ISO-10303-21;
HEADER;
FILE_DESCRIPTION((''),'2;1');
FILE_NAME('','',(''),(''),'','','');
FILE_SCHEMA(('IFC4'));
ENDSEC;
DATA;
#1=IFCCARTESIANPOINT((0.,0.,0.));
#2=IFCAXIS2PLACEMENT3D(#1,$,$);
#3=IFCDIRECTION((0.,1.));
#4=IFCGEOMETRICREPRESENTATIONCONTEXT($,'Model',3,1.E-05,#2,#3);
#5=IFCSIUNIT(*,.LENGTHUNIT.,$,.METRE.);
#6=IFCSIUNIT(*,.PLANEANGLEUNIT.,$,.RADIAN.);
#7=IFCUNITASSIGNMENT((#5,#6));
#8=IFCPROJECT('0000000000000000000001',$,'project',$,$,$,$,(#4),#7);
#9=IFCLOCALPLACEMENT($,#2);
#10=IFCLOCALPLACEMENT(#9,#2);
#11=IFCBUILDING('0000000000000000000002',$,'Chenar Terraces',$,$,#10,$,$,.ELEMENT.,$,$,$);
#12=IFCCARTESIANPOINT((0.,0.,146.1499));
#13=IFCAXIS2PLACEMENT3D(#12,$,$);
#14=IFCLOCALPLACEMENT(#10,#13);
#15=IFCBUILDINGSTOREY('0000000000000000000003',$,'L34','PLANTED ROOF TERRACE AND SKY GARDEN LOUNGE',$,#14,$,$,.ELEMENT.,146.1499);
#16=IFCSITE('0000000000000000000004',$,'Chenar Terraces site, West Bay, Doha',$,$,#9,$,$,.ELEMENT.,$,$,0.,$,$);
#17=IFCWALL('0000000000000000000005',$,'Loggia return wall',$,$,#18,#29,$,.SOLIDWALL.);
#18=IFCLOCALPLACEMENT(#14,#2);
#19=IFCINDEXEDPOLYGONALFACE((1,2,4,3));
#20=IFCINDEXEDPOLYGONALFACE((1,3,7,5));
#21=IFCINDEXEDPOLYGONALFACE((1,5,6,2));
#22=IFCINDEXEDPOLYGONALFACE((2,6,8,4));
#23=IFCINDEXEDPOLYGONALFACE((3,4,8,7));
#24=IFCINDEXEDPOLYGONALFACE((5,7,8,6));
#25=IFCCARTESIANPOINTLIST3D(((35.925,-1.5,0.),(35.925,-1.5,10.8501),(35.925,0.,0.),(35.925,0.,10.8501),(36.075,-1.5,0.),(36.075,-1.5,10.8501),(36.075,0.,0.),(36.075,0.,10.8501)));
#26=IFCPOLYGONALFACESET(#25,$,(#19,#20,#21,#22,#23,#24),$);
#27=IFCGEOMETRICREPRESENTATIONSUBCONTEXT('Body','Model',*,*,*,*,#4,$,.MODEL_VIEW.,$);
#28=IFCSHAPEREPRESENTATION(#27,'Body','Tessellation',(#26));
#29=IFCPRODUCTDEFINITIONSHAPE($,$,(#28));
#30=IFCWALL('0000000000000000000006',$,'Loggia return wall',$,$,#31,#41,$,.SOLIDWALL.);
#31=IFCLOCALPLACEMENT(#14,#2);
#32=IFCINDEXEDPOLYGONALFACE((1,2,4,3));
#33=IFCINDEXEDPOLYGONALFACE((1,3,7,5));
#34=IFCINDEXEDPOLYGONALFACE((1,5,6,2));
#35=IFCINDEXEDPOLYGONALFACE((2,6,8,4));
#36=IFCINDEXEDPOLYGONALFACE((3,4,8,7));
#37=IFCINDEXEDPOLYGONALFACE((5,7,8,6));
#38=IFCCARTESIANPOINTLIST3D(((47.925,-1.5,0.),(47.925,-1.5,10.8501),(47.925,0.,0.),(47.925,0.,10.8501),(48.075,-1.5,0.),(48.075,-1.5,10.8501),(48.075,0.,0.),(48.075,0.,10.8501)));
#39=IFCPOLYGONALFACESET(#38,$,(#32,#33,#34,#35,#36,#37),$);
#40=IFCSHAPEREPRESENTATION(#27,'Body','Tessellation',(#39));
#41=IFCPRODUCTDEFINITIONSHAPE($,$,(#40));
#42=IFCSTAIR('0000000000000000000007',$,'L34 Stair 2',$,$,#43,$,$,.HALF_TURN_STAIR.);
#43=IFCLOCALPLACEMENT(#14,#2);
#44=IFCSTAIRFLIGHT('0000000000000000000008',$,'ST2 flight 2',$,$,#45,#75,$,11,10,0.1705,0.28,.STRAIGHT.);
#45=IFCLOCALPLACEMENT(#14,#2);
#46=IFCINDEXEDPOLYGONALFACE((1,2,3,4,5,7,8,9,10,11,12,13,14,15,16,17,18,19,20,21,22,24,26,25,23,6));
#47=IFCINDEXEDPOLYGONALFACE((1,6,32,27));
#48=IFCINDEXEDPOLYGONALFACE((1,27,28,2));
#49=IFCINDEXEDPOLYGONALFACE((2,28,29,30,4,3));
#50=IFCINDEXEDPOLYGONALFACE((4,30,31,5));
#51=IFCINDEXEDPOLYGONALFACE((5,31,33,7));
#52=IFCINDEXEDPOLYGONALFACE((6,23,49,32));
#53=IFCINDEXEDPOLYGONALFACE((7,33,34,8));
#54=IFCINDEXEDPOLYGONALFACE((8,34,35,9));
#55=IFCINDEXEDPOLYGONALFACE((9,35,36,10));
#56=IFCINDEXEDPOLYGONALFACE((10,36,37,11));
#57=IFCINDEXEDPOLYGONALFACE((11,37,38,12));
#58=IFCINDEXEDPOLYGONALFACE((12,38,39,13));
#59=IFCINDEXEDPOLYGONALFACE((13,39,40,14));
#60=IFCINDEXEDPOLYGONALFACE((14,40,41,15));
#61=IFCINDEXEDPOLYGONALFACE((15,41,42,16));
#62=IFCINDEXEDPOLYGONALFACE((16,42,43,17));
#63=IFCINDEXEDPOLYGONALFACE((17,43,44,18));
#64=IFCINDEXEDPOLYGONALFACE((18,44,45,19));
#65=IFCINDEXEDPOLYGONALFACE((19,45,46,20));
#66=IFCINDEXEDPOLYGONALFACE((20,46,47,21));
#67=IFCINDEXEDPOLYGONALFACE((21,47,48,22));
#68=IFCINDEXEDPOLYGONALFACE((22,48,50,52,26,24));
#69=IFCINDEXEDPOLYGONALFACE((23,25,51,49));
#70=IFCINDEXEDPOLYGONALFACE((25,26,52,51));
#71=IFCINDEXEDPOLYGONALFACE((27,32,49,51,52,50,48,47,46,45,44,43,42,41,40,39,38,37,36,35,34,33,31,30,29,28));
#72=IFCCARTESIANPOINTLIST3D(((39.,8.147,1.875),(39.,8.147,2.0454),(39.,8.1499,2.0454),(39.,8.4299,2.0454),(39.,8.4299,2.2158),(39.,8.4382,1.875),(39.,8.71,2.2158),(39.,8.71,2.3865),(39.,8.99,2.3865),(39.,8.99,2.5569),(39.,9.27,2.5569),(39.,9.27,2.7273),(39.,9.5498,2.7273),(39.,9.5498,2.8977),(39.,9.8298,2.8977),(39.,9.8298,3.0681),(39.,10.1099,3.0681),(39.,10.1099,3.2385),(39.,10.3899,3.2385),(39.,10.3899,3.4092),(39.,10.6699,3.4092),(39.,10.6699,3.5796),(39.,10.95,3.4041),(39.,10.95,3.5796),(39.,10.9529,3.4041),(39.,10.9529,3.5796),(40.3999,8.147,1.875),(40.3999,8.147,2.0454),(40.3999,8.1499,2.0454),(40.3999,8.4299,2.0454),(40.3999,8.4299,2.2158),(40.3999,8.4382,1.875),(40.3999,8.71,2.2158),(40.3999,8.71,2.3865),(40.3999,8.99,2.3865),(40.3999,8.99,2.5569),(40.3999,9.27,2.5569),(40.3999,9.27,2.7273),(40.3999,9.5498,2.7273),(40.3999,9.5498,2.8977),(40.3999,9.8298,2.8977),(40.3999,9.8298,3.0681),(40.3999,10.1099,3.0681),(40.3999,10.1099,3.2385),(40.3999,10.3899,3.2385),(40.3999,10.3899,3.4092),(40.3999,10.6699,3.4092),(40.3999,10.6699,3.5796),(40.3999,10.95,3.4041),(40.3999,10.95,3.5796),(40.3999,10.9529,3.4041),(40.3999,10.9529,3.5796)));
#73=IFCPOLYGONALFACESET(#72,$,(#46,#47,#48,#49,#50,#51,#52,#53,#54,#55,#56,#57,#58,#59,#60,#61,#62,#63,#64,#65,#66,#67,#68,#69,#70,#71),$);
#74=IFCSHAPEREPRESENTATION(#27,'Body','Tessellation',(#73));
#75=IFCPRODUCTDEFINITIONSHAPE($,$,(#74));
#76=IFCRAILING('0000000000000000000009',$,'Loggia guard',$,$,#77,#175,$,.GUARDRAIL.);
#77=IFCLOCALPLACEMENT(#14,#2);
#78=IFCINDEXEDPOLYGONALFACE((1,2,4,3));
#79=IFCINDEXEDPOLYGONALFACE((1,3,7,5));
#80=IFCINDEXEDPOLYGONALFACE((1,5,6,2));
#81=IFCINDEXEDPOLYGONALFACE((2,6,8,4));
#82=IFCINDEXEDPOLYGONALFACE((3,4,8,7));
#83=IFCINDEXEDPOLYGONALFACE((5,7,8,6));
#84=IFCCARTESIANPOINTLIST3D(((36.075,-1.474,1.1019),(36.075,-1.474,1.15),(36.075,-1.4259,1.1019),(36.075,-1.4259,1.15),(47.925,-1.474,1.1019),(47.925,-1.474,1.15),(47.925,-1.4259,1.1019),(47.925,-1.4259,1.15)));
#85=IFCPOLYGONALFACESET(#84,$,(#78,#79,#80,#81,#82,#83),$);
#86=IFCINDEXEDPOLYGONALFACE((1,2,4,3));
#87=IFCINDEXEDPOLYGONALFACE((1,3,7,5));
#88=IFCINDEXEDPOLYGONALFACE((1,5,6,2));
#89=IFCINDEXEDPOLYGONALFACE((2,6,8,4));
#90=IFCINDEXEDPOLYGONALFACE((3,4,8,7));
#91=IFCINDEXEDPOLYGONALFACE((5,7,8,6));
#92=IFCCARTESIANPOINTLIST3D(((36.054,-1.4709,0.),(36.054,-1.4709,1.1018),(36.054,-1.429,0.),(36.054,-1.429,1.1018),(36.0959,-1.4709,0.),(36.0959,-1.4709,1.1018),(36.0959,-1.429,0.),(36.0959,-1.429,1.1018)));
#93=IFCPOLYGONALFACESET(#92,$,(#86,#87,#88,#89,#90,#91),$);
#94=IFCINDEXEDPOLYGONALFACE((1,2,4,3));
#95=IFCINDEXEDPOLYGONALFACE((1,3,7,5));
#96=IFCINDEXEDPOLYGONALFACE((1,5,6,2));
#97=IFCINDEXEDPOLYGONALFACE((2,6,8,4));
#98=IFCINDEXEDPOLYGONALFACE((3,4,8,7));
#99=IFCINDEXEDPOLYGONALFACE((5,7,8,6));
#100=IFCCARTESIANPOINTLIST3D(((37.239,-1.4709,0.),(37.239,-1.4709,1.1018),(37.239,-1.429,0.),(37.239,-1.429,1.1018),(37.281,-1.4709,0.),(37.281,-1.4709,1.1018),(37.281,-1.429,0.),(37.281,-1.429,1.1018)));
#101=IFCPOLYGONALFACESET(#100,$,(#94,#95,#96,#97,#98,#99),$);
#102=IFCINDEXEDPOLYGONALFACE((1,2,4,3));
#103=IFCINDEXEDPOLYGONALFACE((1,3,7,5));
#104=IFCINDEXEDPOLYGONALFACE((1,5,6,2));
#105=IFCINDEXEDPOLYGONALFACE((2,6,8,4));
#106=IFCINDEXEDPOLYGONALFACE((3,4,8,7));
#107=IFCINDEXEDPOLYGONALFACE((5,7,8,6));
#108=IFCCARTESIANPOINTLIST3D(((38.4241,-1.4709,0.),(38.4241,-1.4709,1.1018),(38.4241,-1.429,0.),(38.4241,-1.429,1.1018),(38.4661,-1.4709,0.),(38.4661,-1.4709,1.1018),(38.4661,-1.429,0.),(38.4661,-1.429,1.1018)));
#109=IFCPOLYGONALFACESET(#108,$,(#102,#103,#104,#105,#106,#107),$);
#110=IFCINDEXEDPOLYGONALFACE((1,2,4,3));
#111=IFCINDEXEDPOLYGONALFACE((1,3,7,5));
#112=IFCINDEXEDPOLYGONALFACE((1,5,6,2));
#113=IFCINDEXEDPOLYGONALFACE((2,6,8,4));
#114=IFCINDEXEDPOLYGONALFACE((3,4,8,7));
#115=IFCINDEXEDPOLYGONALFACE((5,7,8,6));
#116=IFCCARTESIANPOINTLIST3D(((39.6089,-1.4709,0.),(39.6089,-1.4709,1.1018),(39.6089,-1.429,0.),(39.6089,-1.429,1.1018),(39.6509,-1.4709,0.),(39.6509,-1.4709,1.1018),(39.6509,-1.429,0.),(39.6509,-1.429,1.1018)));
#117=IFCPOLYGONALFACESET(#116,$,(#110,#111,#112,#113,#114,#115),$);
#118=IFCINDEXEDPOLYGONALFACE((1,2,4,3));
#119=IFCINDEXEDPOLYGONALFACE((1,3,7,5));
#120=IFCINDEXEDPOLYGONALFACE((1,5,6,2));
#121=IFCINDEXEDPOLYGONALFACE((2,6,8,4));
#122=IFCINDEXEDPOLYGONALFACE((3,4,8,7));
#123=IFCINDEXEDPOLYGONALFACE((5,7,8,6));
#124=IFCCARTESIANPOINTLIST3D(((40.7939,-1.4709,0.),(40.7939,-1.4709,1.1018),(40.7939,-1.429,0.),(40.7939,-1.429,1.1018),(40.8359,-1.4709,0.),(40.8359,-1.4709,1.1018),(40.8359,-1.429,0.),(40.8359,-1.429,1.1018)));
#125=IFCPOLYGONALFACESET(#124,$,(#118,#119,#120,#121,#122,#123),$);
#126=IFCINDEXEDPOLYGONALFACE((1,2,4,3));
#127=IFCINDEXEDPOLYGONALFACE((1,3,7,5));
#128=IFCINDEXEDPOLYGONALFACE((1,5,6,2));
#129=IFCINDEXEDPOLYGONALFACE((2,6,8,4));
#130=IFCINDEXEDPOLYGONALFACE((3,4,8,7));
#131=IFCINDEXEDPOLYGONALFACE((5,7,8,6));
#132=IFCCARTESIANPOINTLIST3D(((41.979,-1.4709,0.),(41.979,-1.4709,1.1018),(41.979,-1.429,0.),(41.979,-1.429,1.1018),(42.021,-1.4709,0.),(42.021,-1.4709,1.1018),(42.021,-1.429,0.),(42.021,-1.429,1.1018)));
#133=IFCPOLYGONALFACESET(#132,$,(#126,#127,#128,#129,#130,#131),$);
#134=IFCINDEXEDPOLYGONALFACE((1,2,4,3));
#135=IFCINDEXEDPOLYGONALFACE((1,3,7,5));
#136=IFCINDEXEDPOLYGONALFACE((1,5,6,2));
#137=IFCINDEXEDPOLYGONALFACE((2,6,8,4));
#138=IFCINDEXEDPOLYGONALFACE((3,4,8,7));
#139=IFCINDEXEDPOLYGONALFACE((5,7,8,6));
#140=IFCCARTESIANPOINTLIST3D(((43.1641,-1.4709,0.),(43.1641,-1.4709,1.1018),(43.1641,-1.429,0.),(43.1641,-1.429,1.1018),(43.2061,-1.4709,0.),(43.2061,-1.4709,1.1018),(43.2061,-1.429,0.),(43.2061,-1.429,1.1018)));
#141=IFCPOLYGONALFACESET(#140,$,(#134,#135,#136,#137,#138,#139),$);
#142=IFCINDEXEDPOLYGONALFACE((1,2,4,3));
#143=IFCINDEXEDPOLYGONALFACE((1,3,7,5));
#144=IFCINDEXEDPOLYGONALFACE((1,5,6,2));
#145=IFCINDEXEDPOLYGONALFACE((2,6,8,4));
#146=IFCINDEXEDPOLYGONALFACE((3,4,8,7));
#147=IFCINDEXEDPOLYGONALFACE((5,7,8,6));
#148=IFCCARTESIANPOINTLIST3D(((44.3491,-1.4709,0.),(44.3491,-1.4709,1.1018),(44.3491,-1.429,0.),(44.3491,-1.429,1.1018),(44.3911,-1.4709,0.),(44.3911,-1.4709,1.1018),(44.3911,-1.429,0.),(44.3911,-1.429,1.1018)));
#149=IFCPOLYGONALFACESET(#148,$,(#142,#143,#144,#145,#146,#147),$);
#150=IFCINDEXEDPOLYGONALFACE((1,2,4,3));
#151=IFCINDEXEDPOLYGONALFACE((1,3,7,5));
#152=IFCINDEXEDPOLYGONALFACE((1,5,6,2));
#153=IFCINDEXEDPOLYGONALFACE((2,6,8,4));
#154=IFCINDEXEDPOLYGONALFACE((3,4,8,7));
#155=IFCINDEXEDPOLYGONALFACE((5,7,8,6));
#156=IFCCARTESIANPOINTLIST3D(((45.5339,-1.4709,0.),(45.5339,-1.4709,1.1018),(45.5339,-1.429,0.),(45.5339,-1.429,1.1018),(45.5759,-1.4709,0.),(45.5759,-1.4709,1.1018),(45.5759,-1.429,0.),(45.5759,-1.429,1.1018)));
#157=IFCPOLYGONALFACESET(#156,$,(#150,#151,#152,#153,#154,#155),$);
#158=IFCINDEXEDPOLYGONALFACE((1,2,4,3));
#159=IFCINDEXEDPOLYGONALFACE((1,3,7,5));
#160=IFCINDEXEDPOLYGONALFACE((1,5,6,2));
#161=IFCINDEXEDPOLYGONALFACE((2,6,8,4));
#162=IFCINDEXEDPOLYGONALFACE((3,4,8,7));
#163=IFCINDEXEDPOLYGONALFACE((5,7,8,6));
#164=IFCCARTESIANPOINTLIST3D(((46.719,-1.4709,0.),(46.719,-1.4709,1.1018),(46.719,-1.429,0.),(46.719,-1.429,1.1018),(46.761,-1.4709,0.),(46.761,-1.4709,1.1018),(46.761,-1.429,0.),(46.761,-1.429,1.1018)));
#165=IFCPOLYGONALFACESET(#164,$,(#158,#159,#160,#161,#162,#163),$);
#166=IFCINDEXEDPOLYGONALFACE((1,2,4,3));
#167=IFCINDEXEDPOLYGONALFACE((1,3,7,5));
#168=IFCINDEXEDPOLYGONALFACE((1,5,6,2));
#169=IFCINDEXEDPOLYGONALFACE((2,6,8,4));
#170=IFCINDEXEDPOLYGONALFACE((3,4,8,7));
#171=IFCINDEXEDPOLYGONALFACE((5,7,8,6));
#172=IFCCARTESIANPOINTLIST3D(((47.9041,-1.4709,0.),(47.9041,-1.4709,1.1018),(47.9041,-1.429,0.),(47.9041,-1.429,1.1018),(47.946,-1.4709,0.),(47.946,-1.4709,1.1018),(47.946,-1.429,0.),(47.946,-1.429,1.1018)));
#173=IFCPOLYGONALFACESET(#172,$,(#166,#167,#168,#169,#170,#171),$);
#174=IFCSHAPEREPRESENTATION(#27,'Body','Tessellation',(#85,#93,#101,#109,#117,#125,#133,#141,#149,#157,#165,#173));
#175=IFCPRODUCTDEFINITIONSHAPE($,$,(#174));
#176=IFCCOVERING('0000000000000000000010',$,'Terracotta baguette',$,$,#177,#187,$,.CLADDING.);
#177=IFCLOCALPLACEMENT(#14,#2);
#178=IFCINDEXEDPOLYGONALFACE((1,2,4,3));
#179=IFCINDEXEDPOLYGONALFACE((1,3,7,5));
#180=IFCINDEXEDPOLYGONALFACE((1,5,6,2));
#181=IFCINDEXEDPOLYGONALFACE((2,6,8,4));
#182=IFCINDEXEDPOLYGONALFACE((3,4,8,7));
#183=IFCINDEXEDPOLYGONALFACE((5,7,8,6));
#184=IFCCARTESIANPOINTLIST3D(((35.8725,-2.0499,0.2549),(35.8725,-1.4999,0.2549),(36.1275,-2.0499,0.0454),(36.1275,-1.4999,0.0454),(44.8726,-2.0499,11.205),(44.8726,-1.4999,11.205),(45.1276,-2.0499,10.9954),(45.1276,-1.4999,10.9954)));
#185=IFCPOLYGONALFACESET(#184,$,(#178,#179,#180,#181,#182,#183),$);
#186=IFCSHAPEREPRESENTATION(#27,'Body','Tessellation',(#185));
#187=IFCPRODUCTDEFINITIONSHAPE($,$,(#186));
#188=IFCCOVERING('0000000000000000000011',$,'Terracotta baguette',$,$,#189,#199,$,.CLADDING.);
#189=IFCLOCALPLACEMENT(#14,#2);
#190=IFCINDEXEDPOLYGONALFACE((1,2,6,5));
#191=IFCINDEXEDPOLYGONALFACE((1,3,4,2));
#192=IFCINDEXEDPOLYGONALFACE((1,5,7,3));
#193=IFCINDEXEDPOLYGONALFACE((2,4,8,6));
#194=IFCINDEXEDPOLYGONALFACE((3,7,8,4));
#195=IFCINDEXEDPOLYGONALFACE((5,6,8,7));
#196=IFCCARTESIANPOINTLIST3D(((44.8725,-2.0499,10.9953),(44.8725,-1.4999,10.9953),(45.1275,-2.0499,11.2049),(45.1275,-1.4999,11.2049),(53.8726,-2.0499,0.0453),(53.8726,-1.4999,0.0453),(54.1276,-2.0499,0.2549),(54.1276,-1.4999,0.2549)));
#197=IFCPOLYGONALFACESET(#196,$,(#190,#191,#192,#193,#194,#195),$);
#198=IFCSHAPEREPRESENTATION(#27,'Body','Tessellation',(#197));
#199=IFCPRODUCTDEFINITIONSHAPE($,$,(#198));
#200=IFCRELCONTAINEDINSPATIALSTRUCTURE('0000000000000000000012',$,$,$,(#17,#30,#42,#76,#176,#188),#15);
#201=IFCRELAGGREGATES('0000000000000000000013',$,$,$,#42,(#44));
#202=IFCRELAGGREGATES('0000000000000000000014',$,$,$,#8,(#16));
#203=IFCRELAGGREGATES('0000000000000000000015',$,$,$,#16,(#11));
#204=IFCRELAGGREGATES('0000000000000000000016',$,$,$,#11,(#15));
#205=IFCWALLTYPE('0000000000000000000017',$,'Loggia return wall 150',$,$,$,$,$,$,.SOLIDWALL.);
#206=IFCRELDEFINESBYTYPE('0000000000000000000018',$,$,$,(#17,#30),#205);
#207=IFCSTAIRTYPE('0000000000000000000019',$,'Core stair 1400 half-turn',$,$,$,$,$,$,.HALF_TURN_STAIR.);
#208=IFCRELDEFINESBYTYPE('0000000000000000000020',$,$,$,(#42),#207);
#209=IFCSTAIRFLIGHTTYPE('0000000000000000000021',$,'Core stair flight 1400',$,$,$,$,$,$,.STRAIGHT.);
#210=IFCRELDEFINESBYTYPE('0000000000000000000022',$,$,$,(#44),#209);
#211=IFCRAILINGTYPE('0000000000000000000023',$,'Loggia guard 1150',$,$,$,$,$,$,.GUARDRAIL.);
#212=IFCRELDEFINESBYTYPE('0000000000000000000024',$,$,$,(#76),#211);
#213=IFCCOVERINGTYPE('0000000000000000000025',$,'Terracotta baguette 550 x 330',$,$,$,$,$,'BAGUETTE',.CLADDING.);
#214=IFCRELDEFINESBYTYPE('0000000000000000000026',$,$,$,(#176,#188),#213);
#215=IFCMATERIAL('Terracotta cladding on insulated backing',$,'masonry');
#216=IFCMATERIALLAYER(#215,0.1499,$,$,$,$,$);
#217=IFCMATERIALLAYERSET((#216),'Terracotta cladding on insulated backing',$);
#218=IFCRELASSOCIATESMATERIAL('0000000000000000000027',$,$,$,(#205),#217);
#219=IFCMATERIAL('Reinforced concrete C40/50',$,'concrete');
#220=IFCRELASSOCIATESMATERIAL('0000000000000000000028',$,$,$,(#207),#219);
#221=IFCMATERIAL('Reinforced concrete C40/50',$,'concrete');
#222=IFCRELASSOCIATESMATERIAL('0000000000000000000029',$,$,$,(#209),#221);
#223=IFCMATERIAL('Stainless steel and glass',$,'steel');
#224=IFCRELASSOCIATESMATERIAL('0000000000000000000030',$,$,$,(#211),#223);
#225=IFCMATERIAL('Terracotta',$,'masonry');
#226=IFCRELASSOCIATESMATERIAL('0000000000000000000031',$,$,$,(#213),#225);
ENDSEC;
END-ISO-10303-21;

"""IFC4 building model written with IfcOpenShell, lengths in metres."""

from ifc_helpers import new_model, si_unit, direction, frame, frame_2d, origin, origin_2d, place, context, subcontext, project, spatial, polyline, rectangle, outline, extrude, material, layer, layer_set, material_profile, profile_set, type_object, element, aggregate, save


model = new_model("IFC4")

# Units and contexts
model_context = context("Model", 3, precision=1e-05, world=origin(), true_north=direction((0.0, 1.0)))
body_context = subcontext(model_context, "Body", "Model", "MODEL_VIEW")
ifc_project = project(units=[si_unit("LENGTHUNIT", "METRE"), si_unit("PLANEANGLEUNIT", "RADIAN")], contexts=[model_context])

# Site, building, storey
site_placement = place(None, origin())
site = spatial("IfcSite", under=ifc_project, at=site_placement, Name="Chenar Terraces site, West Bay, Doha", CompositionType="ELEMENT", RefElevation=0.0)
building_placement = place(site_placement, origin())
building = spatial("IfcBuilding", under=site, at=building_placement, Name="Chenar Terraces", CompositionType="ELEMENT")
storey_placement = place(building_placement, frame((0.0, 0.0, 146.1499)))
storey = spatial("IfcBuildingStorey", under=building, at=storey_placement, Name="L34", Description="PLANTED ROOF TERRACE AND SKY GARDEN LOUNGE", CompositionType="ELEMENT", Elevation=146.1499)

# Shared definitions
placement = place(storey_placement, origin())

# Walls
ifc_material_1 = material(Name="Terracotta cladding on insulated backing", Category="masonry")
ifc_layer_1 = layer(ifc_material_1, 0.1499)
ifc_layer_set_1 = layer_set([ifc_layer_1], Name="Terracotta cladding on insulated backing")
wall_type_1 = type_object("IfcWallType", Name="Loggia return wall 150", PredefinedType="SOLIDWALL", material=ifc_layer_set_1)
for number, where, z_axis, x_axis, name in (
    (1, (36.0, -1.5, 0.0), (0.0, 0.0, 1.0), (0.0, 1.0, 0.0), "Loggia return wall"),
    (2, (48.0, -1.5, 0.0), (0.0, 0.0, 1.0), (0.0, 1.0, 0.0), "Loggia return wall"),
):
    element("IfcWall", number, at=place(storey_placement, frame(where, z_axis=z_axis, x_axis=x_axis)), inside=storey, type_object=wall_type_1, Name=name, PredefinedType="SOLIDWALL", context=body_context, shape_type="SweptSolid", body=[
        extrude(rectangle(XDim=1.5, YDim=0.1499, at=frame_2d((0.75, 0.0))), origin(), (0.0, 0.0, 1.0), 10.8501),
    ])

# Stair, stair flight
ifc_material_2 = material(Name="Reinforced concrete C40/50", Category="concrete")
stair_type = type_object("IfcStairType", Name="Core stair 1400 half-turn", PredefinedType="HALF_TURN_STAIR", material=ifc_material_2)
stair = element("IfcStair", 3, at=placement, inside=storey, type_object=stair_type, Name="L34 Stair 2", PredefinedType="HALF_TURN_STAIR")
ifc_material_3 = material(Name="Reinforced concrete C40/50", Category="concrete")
stair_flight_type = type_object("IfcStairFlightType", Name="Core stair flight 1400", PredefinedType="STRAIGHT", material=ifc_material_3)
stair_flight_placement = place(storey_placement, frame((39.7, 8.1499, 1.875), z_axis=(0.0, 0.0, 1.0), x_axis=(0.0, 1.0, 0.0)))
stair_flight = element("IfcStairFlight", 4, at=stair_flight_placement, type_object=stair_flight_type, Name="ST2 flight 2", NumberOfRisers=11, NumberOfTreads=10, PredefinedType="STRAIGHT", RiserHeight=0.1705, TreadLength=0.28, context=body_context, shape_type="SweptSolid", body=[
    extrude(outline(polyline([(-0.0029, 0.0), (-0.0029, 0.1704), (0.0, 0.1704), (0.28, 0.1704), (0.28, 0.3408), (0.5601, 0.3408), (0.5601, 0.5115), (0.8401, 0.5115), (0.8401, 0.6819), (1.1201, 0.6819), (1.1201, 0.8523), (1.3999, 0.8523), (1.3999, 1.0227), (1.6799, 1.0227), (1.6799, 1.1931), (1.96, 1.1931), (1.96, 1.3635), (2.24, 1.3635), (2.24, 1.5342), (2.52, 1.5342), (2.52, 1.7046), (2.8, 1.7046), (2.803, 1.7046), (2.803, 1.5291), (2.8, 1.5291), (0.2883, 0.0), (-0.0029, 0.0)])), frame((0.0, 0.7, 0.0), z_axis=(0.0, -1.0, 0.0), x_axis=(1.0, 0.0, 0.0)), (0.0, 0.0, 1.0), 1.3999),
])
aggregate(stair, [stair_flight])

# Railing
ifc_material_4 = material(Name="Stainless steel and glass", Category="steel")
railing_type = type_object("IfcRailingType", Name="Loggia guard 1150", PredefinedType="GUARDRAIL", material=ifc_material_4)
railing_placement = place(storey_placement, frame((36.075, -1.45, 0.0)))
element("IfcRailing", 5, at=railing_placement, inside=storey, type_object=railing_type, Name="Loggia guard", PredefinedType="GUARDRAIL", context=body_context, shape_type="SweptSolid", body=[
    extrude(rectangle(XDim=0.0481, YDim=0.0481, at=origin_2d()), frame((0.0, 0.0, 1.126), z_axis=(1.0, 0.0, 0.0), x_axis=(0.0, 1.0, 0.0)), (0.0, 0.0, 1.0), 11.8501),
    extrude(rectangle(XDim=0.042, YDim=0.042, at=origin_2d()), origin(), (0.0, 0.0, 1.0), 1.1018),
    extrude(rectangle(XDim=0.042, YDim=0.042, at=origin_2d()), frame((1.1851, 0.0, 0.0)), (0.0, 0.0, 1.0), 1.1018),
    extrude(rectangle(XDim=0.042, YDim=0.042, at=origin_2d()), frame((2.3701, 0.0, 0.0)), (0.0, 0.0, 1.0), 1.1018),
    extrude(rectangle(XDim=0.042, YDim=0.042, at=origin_2d()), frame((3.5549, 0.0, 0.0)), (0.0, 0.0, 1.0), 1.1018),
    extrude(rectangle(XDim=0.042, YDim=0.042, at=origin_2d()), frame((4.74, 0.0, 0.0)), (0.0, 0.0, 1.0), 1.1018),
    extrude(rectangle(XDim=0.042, YDim=0.042, at=origin_2d()), frame((5.925, 0.0, 0.0)), (0.0, 0.0, 1.0), 1.1018),
    extrude(rectangle(XDim=0.042, YDim=0.042, at=origin_2d()), frame((7.1101, 0.0, 0.0)), (0.0, 0.0, 1.0), 1.1018),
    extrude(rectangle(XDim=0.042, YDim=0.042, at=origin_2d()), frame((8.2952, 0.0, 0.0)), (0.0, 0.0, 1.0), 1.1018),
    extrude(rectangle(XDim=0.042, YDim=0.042, at=origin_2d()), frame((9.48, 0.0, 0.0)), (0.0, 0.0, 1.0), 1.1018),
    extrude(rectangle(XDim=0.042, YDim=0.042, at=origin_2d()), frame((10.665, 0.0, 0.0)), (0.0, 0.0, 1.0), 1.1018),
    extrude(rectangle(XDim=0.042, YDim=0.042, at=origin_2d()), frame((11.8501, 0.0, 0.0)), (0.0, 0.0, 1.0), 1.1018),
])

# Coverings
ifc_material_5 = material(Name="Terracotta", Category="masonry")
ifc_material_profile_1 = material_profile(ifc_material_5, rectangle(XDim=0.55, YDim=0.3301, at=origin_2d()), Name="Terracotta baguette 550 x 330")
ifc_profile_set_1 = profile_set([ifc_material_profile_1], Name="Terracotta")
covering_type = type_object("IfcCoveringType", Name="Terracotta baguette 550 x 330", ElementType="BAGUETTE", PredefinedType="CLADDING", material=ifc_profile_set_1)
for number, where, z_axis, x_axis, name in (
    (6, (36.0, -1.7749, 0.1501), (0.634967, 0.0, 0.772539), (0.0, 1.0, 0.0), "Terracotta baguette"),
    (7, (45.0, -1.7749, 11.1001), (0.634967, 0.0, -0.772539), (0.0, 1.0, 0.0), "Terracotta baguette"),
):
    element("IfcCovering", number, at=place(storey_placement, frame(where, z_axis=z_axis, x_axis=x_axis)), inside=storey, type_object=covering_type, Name=name, PredefinedType="CLADDING", context=body_context, shape_type="SweptSolid", body=[
        extrude(rectangle(XDim=0.55, YDim=0.3301, at=origin_2d()), origin(), (0.0, 0.0, 1.0), 14.1741),
    ])

save(model, "model.ifc")
